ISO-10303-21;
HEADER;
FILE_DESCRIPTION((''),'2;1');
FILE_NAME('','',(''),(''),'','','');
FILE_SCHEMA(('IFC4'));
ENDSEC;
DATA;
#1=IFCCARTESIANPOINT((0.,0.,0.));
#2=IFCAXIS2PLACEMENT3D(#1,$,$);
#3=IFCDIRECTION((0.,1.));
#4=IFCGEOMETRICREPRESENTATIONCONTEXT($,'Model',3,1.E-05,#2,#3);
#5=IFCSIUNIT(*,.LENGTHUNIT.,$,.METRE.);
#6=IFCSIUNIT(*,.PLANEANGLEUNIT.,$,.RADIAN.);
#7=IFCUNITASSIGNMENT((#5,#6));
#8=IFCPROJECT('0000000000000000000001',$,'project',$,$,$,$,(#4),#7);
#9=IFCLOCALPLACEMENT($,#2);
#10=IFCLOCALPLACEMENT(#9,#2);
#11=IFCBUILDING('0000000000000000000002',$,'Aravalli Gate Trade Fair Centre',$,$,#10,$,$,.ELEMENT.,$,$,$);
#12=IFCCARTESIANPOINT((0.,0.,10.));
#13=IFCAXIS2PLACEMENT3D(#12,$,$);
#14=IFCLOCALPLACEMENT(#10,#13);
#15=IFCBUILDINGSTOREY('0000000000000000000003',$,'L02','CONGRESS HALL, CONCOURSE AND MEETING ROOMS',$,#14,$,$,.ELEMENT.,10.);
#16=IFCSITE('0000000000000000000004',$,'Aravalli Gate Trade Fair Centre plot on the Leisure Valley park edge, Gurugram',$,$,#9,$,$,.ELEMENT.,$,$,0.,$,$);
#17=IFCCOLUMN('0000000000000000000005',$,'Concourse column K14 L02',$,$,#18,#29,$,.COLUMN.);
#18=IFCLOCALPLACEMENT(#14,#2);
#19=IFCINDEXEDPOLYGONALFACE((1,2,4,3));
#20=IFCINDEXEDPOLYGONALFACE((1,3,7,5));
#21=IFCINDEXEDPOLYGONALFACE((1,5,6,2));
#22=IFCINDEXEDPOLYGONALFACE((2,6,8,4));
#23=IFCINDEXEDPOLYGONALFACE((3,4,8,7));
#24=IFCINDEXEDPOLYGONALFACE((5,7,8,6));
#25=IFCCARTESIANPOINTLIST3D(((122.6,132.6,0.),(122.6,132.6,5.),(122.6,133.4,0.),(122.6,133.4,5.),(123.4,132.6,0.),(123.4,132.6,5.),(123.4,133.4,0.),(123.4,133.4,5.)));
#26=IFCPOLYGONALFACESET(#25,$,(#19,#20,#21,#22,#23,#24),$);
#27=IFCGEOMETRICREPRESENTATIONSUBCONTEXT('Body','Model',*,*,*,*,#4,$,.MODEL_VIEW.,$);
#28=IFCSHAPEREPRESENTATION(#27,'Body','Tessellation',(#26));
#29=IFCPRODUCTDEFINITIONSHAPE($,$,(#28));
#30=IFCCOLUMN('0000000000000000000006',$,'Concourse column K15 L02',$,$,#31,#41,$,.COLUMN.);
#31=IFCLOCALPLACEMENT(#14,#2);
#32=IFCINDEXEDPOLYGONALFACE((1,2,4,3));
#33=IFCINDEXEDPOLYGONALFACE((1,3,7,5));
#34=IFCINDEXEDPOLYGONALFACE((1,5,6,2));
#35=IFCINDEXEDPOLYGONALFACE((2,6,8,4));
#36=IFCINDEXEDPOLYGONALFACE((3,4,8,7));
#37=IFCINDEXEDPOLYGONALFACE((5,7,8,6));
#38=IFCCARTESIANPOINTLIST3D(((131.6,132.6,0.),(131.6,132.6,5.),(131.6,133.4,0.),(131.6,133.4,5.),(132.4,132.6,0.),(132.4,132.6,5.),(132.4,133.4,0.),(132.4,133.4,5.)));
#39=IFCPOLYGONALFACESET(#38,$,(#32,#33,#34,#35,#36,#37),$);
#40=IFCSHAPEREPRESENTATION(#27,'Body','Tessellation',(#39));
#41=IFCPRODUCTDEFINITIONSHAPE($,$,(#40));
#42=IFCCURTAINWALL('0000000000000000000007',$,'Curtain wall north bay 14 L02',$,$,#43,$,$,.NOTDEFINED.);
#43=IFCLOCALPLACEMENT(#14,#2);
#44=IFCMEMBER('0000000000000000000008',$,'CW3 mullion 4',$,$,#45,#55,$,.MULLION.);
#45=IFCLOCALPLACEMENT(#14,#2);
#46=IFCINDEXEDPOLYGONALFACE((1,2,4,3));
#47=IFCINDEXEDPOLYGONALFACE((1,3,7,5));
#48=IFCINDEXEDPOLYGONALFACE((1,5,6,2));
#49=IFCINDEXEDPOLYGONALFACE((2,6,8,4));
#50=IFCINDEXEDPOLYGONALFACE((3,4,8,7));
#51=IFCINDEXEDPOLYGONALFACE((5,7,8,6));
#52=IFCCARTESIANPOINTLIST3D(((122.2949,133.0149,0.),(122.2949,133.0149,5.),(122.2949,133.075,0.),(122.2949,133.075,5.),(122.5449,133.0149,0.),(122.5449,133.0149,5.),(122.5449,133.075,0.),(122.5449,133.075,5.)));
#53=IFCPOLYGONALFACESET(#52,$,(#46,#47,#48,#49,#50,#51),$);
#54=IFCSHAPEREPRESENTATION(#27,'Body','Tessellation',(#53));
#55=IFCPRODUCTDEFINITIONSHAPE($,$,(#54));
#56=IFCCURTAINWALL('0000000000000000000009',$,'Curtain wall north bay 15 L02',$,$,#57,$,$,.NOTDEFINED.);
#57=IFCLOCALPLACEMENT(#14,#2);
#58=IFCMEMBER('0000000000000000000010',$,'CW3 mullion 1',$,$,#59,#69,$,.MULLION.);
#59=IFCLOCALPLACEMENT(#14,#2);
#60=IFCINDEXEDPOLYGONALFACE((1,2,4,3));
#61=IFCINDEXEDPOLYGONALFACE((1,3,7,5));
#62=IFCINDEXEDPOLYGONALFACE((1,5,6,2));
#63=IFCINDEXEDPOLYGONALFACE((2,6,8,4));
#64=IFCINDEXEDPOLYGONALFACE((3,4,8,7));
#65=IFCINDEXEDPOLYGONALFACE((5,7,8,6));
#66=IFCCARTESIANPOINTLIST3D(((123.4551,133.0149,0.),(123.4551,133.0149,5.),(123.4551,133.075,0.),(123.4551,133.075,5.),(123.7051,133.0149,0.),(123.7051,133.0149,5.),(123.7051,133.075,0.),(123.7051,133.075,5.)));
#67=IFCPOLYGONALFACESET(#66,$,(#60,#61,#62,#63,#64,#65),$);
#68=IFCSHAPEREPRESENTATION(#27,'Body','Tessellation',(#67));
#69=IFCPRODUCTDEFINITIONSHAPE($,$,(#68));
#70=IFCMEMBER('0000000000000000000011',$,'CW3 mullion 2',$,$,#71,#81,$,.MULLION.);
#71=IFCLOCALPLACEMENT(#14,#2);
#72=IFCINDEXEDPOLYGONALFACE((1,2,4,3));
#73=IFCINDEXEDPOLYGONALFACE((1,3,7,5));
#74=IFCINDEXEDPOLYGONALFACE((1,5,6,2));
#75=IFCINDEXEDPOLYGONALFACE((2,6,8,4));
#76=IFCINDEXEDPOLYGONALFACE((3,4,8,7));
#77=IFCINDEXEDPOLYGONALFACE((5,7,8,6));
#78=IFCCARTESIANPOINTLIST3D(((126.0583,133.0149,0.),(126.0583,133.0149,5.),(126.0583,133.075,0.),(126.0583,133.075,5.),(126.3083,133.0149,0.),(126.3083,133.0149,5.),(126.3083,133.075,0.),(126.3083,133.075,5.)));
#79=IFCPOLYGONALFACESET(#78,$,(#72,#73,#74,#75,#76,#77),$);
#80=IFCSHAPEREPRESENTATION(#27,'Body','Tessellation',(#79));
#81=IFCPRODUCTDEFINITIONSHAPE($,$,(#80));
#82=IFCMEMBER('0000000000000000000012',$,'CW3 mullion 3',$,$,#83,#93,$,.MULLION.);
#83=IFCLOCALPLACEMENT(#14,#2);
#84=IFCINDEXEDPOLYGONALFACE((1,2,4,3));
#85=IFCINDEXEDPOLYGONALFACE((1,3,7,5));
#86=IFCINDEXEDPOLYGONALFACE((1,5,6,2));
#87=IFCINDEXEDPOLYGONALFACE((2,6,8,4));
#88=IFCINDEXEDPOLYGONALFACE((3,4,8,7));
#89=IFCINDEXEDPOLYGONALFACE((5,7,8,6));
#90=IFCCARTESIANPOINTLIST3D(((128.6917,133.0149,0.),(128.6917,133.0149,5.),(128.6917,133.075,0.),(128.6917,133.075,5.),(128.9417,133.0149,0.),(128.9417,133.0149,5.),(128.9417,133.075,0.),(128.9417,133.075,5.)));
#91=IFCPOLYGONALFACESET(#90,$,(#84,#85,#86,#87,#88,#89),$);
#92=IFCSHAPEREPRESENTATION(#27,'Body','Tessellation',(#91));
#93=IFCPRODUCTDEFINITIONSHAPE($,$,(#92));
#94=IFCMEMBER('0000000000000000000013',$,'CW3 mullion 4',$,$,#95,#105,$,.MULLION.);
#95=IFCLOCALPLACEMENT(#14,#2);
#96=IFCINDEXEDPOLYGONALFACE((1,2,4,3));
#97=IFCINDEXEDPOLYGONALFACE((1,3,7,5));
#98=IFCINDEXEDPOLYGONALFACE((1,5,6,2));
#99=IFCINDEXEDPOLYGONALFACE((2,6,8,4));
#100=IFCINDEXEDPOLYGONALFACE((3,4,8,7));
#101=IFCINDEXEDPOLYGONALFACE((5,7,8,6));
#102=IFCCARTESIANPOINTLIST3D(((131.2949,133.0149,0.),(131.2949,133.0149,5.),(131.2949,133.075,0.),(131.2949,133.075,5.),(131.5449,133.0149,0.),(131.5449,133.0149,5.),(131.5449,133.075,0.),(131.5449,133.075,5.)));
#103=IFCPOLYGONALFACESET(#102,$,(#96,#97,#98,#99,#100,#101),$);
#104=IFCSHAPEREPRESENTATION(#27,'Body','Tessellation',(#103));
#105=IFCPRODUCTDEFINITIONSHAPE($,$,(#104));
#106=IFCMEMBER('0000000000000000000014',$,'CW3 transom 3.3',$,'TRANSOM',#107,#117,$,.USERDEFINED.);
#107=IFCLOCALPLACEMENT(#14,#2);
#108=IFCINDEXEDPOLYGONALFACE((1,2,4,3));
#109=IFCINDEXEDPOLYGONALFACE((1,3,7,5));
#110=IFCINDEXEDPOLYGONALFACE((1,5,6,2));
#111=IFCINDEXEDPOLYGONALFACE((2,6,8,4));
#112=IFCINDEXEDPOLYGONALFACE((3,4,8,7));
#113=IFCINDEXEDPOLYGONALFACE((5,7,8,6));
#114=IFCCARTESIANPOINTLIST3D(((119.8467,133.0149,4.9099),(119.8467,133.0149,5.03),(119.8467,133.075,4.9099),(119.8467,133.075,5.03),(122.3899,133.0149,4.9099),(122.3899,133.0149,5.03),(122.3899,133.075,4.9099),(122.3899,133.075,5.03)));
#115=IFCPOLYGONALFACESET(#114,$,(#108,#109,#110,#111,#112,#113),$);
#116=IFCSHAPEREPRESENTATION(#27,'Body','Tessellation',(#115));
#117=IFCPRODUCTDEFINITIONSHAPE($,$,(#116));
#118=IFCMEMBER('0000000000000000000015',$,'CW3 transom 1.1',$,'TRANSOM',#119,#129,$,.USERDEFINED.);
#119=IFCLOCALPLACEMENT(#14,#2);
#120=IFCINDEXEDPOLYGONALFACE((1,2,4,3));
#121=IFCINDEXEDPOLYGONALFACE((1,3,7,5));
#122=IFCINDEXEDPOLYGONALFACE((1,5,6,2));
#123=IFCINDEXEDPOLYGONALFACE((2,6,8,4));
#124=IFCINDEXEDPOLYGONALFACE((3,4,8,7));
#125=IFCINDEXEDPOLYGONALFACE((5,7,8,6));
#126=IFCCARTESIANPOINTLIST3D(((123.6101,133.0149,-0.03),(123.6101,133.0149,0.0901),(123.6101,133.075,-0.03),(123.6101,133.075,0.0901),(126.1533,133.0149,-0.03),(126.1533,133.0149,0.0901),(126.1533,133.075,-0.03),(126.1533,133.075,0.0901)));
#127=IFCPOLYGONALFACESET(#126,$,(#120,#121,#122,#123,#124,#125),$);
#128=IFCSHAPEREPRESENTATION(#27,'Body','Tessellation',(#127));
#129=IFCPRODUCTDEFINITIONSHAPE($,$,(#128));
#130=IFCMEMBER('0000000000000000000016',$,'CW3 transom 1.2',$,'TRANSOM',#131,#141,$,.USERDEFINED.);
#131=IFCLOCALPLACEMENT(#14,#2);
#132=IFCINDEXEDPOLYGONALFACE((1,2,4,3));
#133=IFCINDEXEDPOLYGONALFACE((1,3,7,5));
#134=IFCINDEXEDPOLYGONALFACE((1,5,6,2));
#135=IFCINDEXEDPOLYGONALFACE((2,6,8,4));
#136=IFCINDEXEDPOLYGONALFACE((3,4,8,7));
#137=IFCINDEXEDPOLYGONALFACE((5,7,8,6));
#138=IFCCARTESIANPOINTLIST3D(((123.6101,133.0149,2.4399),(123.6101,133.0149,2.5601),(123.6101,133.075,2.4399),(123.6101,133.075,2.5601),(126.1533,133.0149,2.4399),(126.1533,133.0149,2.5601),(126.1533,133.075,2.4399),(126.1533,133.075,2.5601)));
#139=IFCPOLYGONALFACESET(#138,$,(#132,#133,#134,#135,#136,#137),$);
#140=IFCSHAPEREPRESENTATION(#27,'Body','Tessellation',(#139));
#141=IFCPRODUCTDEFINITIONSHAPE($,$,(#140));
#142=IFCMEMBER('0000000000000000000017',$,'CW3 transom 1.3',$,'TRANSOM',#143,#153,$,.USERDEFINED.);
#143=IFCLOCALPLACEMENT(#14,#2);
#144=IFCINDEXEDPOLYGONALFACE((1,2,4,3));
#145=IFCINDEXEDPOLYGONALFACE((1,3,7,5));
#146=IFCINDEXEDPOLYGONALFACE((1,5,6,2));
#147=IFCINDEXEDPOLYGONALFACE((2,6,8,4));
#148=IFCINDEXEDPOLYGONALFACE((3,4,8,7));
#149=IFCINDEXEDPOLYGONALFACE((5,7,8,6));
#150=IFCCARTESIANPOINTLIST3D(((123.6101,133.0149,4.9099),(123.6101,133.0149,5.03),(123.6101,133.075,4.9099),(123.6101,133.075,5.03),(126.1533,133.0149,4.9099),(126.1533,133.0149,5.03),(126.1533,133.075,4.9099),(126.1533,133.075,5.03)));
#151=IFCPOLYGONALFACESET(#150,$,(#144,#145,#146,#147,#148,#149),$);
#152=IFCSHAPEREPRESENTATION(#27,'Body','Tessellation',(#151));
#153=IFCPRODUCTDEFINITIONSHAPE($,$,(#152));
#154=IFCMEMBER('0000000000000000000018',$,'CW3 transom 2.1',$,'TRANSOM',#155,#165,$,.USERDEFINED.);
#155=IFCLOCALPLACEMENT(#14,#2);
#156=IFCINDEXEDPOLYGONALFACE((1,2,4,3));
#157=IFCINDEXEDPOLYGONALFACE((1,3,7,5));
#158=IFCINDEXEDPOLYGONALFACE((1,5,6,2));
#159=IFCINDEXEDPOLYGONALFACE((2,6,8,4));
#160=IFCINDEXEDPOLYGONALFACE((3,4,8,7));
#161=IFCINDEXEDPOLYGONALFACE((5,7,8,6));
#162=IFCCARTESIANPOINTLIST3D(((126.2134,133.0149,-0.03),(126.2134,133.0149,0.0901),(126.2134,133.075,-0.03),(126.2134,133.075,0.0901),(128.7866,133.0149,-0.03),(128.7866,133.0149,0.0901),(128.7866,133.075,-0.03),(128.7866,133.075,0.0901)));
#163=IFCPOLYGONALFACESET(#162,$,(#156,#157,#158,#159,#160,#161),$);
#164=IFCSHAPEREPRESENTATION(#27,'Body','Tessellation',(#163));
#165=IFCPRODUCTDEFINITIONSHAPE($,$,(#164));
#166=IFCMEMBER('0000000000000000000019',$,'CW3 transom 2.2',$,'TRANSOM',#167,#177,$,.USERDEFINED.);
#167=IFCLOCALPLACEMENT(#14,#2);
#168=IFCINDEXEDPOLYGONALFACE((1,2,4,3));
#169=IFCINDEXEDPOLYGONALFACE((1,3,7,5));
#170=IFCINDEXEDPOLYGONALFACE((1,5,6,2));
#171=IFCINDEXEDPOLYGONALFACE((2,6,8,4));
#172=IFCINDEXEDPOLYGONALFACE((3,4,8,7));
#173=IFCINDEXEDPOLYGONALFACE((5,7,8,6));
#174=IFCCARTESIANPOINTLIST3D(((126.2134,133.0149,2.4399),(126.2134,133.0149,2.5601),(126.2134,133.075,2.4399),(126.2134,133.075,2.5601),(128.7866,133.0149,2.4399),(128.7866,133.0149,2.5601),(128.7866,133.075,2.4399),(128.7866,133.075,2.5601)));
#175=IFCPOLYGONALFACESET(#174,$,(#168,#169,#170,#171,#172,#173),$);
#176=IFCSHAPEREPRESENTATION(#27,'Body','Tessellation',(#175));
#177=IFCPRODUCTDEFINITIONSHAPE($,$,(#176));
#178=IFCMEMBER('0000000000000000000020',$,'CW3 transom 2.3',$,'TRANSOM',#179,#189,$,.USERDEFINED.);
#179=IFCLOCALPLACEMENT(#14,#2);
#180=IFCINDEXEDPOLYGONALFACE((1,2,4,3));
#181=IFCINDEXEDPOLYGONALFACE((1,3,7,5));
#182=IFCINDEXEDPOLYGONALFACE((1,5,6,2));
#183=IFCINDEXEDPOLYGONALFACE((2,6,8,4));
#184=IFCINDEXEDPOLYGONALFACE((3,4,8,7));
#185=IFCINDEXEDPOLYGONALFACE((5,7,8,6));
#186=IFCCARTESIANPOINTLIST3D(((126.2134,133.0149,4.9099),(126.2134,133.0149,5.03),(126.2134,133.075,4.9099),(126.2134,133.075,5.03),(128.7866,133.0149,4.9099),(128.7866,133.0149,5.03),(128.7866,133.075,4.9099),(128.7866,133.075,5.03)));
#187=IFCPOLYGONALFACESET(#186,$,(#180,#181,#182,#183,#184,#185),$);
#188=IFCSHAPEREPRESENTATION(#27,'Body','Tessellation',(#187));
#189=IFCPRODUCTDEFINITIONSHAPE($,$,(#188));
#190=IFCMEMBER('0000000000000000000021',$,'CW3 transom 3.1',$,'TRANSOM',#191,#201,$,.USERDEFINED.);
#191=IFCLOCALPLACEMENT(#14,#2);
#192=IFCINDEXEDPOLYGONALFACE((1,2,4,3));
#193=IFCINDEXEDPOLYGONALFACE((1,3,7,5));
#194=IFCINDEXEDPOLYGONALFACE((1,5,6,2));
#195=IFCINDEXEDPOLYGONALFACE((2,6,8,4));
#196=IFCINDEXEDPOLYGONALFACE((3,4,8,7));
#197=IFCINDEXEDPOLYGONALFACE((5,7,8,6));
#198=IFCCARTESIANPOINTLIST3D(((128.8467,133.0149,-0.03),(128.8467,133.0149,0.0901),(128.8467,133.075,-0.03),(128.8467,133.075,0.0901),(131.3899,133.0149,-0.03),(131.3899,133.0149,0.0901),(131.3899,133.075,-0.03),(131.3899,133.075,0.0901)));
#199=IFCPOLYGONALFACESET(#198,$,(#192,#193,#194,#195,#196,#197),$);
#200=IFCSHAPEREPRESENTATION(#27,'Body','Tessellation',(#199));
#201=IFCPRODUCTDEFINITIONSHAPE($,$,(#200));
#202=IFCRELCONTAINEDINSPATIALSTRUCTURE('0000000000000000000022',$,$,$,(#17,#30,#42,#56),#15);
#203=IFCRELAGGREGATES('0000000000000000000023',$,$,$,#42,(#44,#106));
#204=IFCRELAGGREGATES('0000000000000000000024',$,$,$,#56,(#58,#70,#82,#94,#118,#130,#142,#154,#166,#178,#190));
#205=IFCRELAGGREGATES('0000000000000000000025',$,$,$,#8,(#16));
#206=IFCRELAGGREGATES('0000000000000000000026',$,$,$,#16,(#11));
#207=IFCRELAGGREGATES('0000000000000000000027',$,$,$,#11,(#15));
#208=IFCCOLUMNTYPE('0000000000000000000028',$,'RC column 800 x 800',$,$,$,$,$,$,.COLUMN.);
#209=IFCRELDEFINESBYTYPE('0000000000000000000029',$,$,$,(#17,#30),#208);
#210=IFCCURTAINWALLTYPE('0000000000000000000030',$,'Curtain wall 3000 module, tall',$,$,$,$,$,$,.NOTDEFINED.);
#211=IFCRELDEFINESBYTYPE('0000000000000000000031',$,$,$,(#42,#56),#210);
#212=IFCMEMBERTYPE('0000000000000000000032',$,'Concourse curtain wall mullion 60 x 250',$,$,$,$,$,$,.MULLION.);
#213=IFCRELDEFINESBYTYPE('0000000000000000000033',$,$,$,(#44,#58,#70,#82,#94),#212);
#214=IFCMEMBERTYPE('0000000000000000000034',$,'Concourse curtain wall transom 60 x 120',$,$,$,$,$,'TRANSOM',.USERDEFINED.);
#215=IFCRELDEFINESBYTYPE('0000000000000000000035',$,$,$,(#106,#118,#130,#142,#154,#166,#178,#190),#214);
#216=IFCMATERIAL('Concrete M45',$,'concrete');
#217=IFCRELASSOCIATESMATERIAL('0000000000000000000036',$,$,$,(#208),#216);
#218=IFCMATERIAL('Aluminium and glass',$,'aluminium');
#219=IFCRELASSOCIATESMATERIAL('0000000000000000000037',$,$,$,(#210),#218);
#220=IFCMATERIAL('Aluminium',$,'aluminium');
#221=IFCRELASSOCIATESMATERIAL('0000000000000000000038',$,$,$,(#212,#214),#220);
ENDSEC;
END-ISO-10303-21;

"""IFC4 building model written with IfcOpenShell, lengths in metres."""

from ifc_helpers import new_model, si_unit, direction, frame, origin, origin_2d, place, context, subcontext, project, spatial, rectangle, extrude, material, material_profile, profile_set, type_object, element, aggregate, save


model = new_model("IFC4")

# Units and contexts
model_context = context("Model", 3, precision=1e-05, world=origin(), true_north=direction((0.0, 1.0)))
body_context = subcontext(model_context, "Body", "Model", "MODEL_VIEW")
ifc_project = project(units=[si_unit("LENGTHUNIT", "METRE"), si_unit("PLANEANGLEUNIT", "RADIAN")], contexts=[model_context])

# Site, building, storey
site_placement = place(None, origin())
site = spatial("IfcSite", under=ifc_project, at=site_placement, Name="Aravalli Gate Trade Fair Centre plot on the Leisure Valley park edge, Gurugram", CompositionType="ELEMENT", RefElevation=0.0)
building_placement = place(site_placement, origin())
building = spatial("IfcBuilding", under=site, at=building_placement, Name="Aravalli Gate Trade Fair Centre", CompositionType="ELEMENT")
storey_placement = place(building_placement, frame((0.0, 0.0, 10.0)))
storey = spatial("IfcBuildingStorey", under=building, at=storey_placement, Name="L02", Description="CONGRESS HALL, CONCOURSE AND MEETING ROOMS", CompositionType="ELEMENT", Elevation=10.0)

# Columns
ifc_material_1 = material(Name="Concrete M45", Category="concrete")
ifc_material_profile_1 = material_profile(ifc_material_1, rectangle(XDim=0.8, YDim=0.8, at=origin_2d()), Name="RC column 800 x 800")
ifc_profile_set_1 = profile_set([ifc_material_profile_1], Name="Concrete M45")
column_type = type_object("IfcColumnType", Name="RC column 800 x 800", PredefinedType="COLUMN", material=ifc_profile_set_1)
for number, where, z_axis, x_axis, name in (
    (1, (123.0, 133.0, 0.0), (0.0, 0.0, 1.0), (1.0, 0.0, 0.0), "Concourse column K14 L02"),
    (2, (132.0, 133.0, 0.0), (0.0, 0.0, 1.0), (1.0, 0.0, 0.0), "Concourse column K15 L02"),
):
    element("IfcColumn", number, at=place(storey_placement, frame(where, z_axis=z_axis, x_axis=x_axis)), inside=storey, type_object=column_type, Name=name, PredefinedType="COLUMN", context=body_context, shape_type="SweptSolid", body=[
        extrude(rectangle(XDim=0.8, YDim=0.8, at=origin_2d()), origin(), (0.0, 0.0, 1.0), 5.0),
    ])

# Curtain wall, member
ifc_material_2 = material(Name="Aluminium and glass", Category="aluminium")
curtain_wall_type = type_object("IfcCurtainWallType", Name="Curtain wall 3000 module, tall", PredefinedType="NOTDEFINED", material=ifc_material_2)
curtain_wall_1_placement = place(storey_placement, origin())
curtain_wall_1 = element("IfcCurtainWall", 3, at=curtain_wall_1_placement, inside=storey, type_object=curtain_wall_type, Name="Curtain wall north bay 14 L02", PredefinedType="NOTDEFINED")
ifc_material_3 = material(Name="Aluminium", Category="aluminium")
ifc_material_profile_2 = material_profile(ifc_material_3, rectangle(XDim=0.0601, YDim=0.25, at=origin_2d()), Name="Concourse curtain wall mullion 60 x 250")
ifc_profile_set_2 = profile_set([ifc_material_profile_2], Name="Aluminium")
member_type_1 = type_object("IfcMemberType", Name="Concourse curtain wall mullion 60 x 250", PredefinedType="MULLION", material=ifc_profile_set_2)
member_1_placement = place(storey_placement, frame((122.4199, 133.0449, 0.0), z_axis=(0.0, 0.0, 1.0), x_axis=(0.0, 1.0, 0.0)))
member_1 = element("IfcMember", 4, at=member_1_placement, type_object=member_type_1, Name="CW3 mullion 4", PredefinedType="MULLION", context=body_context, shape_type="SweptSolid", body=[
    extrude(rectangle(XDim=0.0601, YDim=0.25, at=origin_2d()), origin(), (0.0, 0.0, 1.0), 5.0),
])

# Curtain wall, members
curtain_wall_2_placement = place(storey_placement, origin())
curtain_wall_2 = element("IfcCurtainWall", 5, at=curtain_wall_2_placement, inside=storey, type_object=curtain_wall_type, Name="Curtain wall north bay 15 L02", PredefinedType="NOTDEFINED")
member_2_placement = place(storey_placement, frame((123.5801, 133.0449, 0.0), z_axis=(0.0, 0.0, 1.0), x_axis=(0.0, 1.0, 0.0)))
member_2 = element("IfcMember", 6, at=member_2_placement, type_object=member_type_1, Name="CW3 mullion 1", PredefinedType="MULLION", context=body_context, shape_type="SweptSolid", body=[
    extrude(rectangle(XDim=0.0601, YDim=0.25, at=origin_2d()), origin(), (0.0, 0.0, 1.0), 5.0),
])
member_3_placement = place(storey_placement, frame((126.1833, 133.0449, 0.0), z_axis=(0.0, 0.0, 1.0), x_axis=(0.0, 1.0, 0.0)))
member_3 = element("IfcMember", 7, at=member_3_placement, type_object=member_type_1, Name="CW3 mullion 2", PredefinedType="MULLION", context=body_context, shape_type="SweptSolid", body=[
    extrude(rectangle(XDim=0.0601, YDim=0.25, at=origin_2d()), origin(), (0.0, 0.0, 1.0), 5.0),
])
member_4_placement = place(storey_placement, frame((128.8167, 133.0449, 0.0), z_axis=(0.0, 0.0, 1.0), x_axis=(0.0, 1.0, 0.0)))
member_4 = element("IfcMember", 8, at=member_4_placement, type_object=member_type_1, Name="CW3 mullion 3", PredefinedType="MULLION", context=body_context, shape_type="SweptSolid", body=[
    extrude(rectangle(XDim=0.0601, YDim=0.25, at=origin_2d()), origin(), (0.0, 0.0, 1.0), 5.0),
])
member_5_placement = place(storey_placement, frame((131.4199, 133.0449, 0.0), z_axis=(0.0, 0.0, 1.0), x_axis=(0.0, 1.0, 0.0)))
member_5 = element("IfcMember", 9, at=member_5_placement, type_object=member_type_1, Name="CW3 mullion 4", PredefinedType="MULLION", context=body_context, shape_type="SweptSolid", body=[
    extrude(rectangle(XDim=0.0601, YDim=0.25, at=origin_2d()), origin(), (0.0, 0.0, 1.0), 5.0),
])

# Members
ifc_material_profile_3 = material_profile(ifc_material_3, rectangle(XDim=0.0601, YDim=0.1201, at=origin_2d()), Name="Concourse curtain wall transom 60 x 120")
ifc_profile_set_3 = profile_set([ifc_material_profile_3], Name="Aluminium")
member_type_2 = type_object("IfcMemberType", Name="Concourse curtain wall transom 60 x 120", ElementType="TRANSOM", PredefinedType="USERDEFINED", material=ifc_profile_set_3)
member_6_placement = place(storey_placement, frame((119.8467, 133.0449, 4.97), z_axis=(1.0, 0.0, 0.0), x_axis=(0.0, 1.0, 0.0)))
member_6 = element("IfcMember", 10, at=member_6_placement, type_object=member_type_2, Name="CW3 transom 3.3", ObjectType="TRANSOM", PredefinedType="USERDEFINED", context=body_context, shape_type="SweptSolid", body=[
    extrude(rectangle(XDim=0.0601, YDim=0.1201, at=origin_2d()), origin(), (0.0, 0.0, 1.0), 2.5432),
])
member_7_placement = place(storey_placement, frame((123.6101, 133.0449, 0.03), z_axis=(1.0, 0.0, 0.0), x_axis=(0.0, 1.0, 0.0)))
member_7 = element("IfcMember", 11, at=member_7_placement, type_object=member_type_2, Name="CW3 transom 1.1", ObjectType="TRANSOM", PredefinedType="USERDEFINED", context=body_context, shape_type="SweptSolid", body=[
    extrude(rectangle(XDim=0.0601, YDim=0.1201, at=origin_2d()), origin(), (0.0, 0.0, 1.0), 2.5432),
])
member_8_placement = place(storey_placement, frame((123.6101, 133.0449, 2.5), z_axis=(1.0, 0.0, 0.0), x_axis=(0.0, 1.0, 0.0)))
member_8 = element("IfcMember", 12, at=member_8_placement, type_object=member_type_2, Name="CW3 transom 1.2", ObjectType="TRANSOM", PredefinedType="USERDEFINED", context=body_context, shape_type="SweptSolid", body=[
    extrude(rectangle(XDim=0.0601, YDim=0.1201, at=origin_2d()), origin(), (0.0, 0.0, 1.0), 2.5432),
])
member_9_placement = place(storey_placement, frame((123.6101, 133.0449, 4.97), z_axis=(1.0, 0.0, 0.0), x_axis=(0.0, 1.0, 0.0)))
member_9 = element("IfcMember", 13, at=member_9_placement, type_object=member_type_2, Name="CW3 transom 1.3", ObjectType="TRANSOM", PredefinedType="USERDEFINED", context=body_context, shape_type="SweptSolid", body=[
    extrude(rectangle(XDim=0.0601, YDim=0.1201, at=origin_2d()), origin(), (0.0, 0.0, 1.0), 2.5432),
])
member_10_placement = place(storey_placement, frame((126.2134, 133.0449, 0.03), z_axis=(1.0, 0.0, 0.0), x_axis=(0.0, 1.0, 0.0)))
member_10 = element("IfcMember", 14, at=member_10_placement, type_object=member_type_2, Name="CW3 transom 2.1", ObjectType="TRANSOM", PredefinedType="USERDEFINED", context=body_context, shape_type="SweptSolid", body=[
    extrude(rectangle(XDim=0.0601, YDim=0.1201, at=origin_2d()), origin(), (0.0, 0.0, 1.0), 2.5732),
])
member_11_placement = place(storey_placement, frame((126.2134, 133.0449, 2.5), z_axis=(1.0, 0.0, 0.0), x_axis=(0.0, 1.0, 0.0)))
member_11 = element("IfcMember", 15, at=member_11_placement, type_object=member_type_2, Name="CW3 transom 2.2", ObjectType="TRANSOM", PredefinedType="USERDEFINED", context=body_context, shape_type="SweptSolid", body=[
    extrude(rectangle(XDim=0.0601, YDim=0.1201, at=origin_2d()), origin(), (0.0, 0.0, 1.0), 2.5732),
])
member_12_placement = place(storey_placement, frame((126.2134, 133.0449, 4.97), z_axis=(1.0, 0.0, 0.0), x_axis=(0.0, 1.0, 0.0)))
member_12 = element("IfcMember", 16, at=member_12_placement, type_object=member_type_2, Name="CW3 transom 2.3", ObjectType="TRANSOM", PredefinedType="USERDEFINED", context=body_context, shape_type="SweptSolid", body=[
    extrude(rectangle(XDim=0.0601, YDim=0.1201, at=origin_2d()), origin(), (0.0, 0.0, 1.0), 2.5732),
])
member_13_placement = place(storey_placement, frame((128.8467, 133.0449, 0.03), z_axis=(1.0, 0.0, 0.0), x_axis=(0.0, 1.0, 0.0)))
member_13 = element("IfcMember", 17, at=member_13_placement, type_object=member_type_2, Name="CW3 transom 3.1", ObjectType="TRANSOM", PredefinedType="USERDEFINED", context=body_context, shape_type="SweptSolid", body=[
    extrude(rectangle(XDim=0.0601, YDim=0.1201, at=origin_2d()), origin(), (0.0, 0.0, 1.0), 2.5432),
])

aggregate(curtain_wall_1, [member_1, member_6])
aggregate(curtain_wall_2, [member_2, member_3, member_4, member_5, member_7, member_8, member_9, member_10, member_11, member_12, member_13])

save(model, "model.ifc")
